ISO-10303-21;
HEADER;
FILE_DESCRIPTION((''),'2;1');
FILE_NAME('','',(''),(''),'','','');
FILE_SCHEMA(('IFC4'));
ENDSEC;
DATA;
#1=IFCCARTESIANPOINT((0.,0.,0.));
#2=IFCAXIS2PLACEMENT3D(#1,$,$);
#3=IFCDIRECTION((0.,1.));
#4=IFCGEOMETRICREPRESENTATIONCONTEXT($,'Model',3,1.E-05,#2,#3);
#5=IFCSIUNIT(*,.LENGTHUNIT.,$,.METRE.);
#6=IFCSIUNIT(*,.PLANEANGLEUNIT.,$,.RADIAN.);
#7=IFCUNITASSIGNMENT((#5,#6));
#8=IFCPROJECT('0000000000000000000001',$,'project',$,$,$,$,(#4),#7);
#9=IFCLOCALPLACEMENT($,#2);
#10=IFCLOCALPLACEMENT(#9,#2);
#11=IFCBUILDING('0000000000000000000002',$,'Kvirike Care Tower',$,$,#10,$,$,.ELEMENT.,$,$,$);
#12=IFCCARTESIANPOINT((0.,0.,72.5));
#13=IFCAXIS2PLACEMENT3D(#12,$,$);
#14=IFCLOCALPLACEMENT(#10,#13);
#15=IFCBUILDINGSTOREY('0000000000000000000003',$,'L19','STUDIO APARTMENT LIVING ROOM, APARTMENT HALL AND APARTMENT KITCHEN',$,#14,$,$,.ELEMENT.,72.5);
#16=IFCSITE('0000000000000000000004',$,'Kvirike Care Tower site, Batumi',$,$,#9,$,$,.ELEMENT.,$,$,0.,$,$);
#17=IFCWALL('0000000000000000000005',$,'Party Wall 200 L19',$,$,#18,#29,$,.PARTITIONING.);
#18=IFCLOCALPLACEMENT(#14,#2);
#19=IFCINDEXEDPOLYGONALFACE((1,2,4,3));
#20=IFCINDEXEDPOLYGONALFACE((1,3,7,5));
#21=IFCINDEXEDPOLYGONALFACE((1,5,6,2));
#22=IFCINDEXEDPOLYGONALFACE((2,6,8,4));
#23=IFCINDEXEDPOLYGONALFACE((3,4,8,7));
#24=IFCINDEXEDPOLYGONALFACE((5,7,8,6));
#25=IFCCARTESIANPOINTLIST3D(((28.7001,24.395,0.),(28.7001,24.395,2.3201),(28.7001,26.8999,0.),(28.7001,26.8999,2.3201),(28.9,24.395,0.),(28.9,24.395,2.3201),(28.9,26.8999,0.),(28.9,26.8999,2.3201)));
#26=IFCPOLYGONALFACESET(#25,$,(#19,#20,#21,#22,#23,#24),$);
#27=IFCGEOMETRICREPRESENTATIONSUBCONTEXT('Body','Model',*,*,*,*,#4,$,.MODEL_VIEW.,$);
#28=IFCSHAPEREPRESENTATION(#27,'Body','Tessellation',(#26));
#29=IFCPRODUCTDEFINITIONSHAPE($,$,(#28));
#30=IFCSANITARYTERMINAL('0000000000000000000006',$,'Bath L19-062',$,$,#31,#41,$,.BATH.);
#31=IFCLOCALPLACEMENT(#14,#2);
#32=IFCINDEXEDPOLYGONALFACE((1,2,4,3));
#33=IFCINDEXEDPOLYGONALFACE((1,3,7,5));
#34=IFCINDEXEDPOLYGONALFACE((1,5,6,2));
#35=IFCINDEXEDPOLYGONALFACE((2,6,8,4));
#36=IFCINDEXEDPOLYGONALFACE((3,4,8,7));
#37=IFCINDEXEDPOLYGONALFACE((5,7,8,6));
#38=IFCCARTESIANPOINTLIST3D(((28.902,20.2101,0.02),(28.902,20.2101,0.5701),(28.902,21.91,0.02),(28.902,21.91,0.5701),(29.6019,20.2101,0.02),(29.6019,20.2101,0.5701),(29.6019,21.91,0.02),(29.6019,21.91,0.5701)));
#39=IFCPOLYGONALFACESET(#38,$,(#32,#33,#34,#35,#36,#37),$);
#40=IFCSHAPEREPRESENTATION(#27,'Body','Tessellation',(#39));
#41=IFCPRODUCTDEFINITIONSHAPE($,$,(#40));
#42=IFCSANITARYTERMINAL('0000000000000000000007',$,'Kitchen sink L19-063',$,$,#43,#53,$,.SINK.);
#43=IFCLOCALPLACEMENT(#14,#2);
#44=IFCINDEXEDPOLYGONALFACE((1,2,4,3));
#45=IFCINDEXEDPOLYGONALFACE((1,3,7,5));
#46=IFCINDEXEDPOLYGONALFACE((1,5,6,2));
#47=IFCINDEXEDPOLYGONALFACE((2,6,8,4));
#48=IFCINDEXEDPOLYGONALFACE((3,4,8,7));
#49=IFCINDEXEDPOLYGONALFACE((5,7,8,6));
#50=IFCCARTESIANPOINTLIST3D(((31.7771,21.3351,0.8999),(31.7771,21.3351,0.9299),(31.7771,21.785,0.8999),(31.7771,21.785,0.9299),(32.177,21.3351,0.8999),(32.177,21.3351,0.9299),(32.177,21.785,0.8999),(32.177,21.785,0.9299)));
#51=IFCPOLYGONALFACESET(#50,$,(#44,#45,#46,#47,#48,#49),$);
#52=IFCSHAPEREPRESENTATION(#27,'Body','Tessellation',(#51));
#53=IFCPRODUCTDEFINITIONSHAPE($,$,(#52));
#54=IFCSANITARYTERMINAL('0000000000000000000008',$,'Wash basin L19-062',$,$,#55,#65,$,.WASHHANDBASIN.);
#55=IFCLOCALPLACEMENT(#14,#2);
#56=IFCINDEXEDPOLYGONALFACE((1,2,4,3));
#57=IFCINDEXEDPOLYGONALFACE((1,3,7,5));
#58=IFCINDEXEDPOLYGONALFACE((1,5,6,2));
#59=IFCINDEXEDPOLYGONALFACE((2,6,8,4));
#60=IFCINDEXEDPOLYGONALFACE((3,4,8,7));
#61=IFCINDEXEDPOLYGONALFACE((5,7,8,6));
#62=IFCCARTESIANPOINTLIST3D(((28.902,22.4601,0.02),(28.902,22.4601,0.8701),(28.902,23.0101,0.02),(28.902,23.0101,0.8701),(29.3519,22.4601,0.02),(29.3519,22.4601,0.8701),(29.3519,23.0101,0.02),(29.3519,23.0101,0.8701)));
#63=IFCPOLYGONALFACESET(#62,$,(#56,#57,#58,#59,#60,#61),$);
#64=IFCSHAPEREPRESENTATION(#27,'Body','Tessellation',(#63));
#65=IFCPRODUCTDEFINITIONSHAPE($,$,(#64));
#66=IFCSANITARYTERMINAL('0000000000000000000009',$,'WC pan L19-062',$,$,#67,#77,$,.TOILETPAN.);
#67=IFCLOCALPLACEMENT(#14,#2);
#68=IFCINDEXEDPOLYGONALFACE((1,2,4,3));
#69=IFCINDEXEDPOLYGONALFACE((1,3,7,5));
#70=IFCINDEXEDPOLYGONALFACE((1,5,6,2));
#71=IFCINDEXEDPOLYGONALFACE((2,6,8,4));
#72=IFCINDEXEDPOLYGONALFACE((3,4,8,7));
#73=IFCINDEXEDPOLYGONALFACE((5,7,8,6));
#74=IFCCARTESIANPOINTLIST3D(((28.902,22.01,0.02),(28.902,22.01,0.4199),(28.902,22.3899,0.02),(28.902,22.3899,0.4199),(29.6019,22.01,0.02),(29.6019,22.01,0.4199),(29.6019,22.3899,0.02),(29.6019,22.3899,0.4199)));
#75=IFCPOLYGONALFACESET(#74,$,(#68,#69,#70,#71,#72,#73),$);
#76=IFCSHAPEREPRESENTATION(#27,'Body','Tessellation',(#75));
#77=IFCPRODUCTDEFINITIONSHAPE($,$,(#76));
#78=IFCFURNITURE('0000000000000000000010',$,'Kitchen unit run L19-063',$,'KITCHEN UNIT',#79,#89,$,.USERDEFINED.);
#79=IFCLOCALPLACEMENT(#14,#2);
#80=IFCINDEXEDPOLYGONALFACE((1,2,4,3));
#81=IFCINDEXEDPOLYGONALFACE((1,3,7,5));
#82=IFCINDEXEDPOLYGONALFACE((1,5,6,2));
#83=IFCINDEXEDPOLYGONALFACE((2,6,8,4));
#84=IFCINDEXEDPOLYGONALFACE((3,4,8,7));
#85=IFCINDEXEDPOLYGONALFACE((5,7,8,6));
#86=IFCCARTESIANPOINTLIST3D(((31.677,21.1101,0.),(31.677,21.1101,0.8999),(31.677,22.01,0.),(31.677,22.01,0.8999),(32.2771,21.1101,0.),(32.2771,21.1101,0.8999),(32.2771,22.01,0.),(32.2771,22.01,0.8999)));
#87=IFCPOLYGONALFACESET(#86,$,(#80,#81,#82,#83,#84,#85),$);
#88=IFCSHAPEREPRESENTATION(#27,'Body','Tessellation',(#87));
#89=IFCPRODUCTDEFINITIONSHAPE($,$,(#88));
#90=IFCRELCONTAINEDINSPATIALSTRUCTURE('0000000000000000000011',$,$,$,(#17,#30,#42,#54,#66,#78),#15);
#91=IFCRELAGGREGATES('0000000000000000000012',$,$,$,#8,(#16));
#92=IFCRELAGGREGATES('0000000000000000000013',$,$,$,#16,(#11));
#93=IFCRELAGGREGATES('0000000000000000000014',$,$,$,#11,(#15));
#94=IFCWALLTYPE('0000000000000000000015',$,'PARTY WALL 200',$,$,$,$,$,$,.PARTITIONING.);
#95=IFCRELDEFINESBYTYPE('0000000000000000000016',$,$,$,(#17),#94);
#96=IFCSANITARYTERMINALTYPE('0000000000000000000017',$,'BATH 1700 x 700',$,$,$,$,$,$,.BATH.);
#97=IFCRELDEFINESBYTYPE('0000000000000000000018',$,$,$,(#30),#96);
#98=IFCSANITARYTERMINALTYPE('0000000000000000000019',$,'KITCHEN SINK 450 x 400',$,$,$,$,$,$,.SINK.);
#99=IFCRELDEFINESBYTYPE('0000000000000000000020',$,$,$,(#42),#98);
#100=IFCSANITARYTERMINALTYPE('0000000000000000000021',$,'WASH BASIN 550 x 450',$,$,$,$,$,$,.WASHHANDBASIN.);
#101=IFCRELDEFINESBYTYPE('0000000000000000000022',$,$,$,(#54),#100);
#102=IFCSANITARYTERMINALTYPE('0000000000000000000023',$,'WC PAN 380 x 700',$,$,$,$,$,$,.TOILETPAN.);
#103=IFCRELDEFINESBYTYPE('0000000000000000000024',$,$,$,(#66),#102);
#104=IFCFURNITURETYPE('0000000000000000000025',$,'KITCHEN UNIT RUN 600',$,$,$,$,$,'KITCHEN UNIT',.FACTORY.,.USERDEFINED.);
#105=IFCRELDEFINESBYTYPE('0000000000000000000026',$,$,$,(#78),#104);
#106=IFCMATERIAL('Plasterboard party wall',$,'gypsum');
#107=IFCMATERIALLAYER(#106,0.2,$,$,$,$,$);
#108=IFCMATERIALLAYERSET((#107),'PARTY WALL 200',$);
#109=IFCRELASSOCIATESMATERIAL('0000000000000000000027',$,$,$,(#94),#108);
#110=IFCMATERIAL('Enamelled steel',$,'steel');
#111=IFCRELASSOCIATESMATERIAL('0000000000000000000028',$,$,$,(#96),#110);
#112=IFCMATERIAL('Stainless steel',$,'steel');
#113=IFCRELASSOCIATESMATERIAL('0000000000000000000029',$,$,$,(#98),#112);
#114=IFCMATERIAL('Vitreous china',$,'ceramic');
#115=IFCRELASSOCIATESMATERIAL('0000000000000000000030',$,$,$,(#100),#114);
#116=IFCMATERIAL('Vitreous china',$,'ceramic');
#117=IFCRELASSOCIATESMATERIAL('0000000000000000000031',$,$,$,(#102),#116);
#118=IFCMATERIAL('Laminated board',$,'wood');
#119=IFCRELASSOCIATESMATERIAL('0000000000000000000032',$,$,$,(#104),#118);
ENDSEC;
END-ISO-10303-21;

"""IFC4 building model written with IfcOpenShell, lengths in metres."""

from ifc_helpers import new_model, si_unit, direction, frame, frame_2d, origin, origin_2d, place, context, subcontext, project, spatial, rectangle, extrude, material, layer, layer_set, type_object, element, save


model = new_model("IFC4")

# Units and contexts
model_context = context("Model", 3, precision=1e-05, world=origin(), true_north=direction((0.0, 1.0)))
body_context = subcontext(model_context, "Body", "Model", "MODEL_VIEW")
ifc_project = project(units=[si_unit("LENGTHUNIT", "METRE"), si_unit("PLANEANGLEUNIT", "RADIAN")], contexts=[model_context])

# Site, building, storey
site_placement = place(None, origin())
site = spatial("IfcSite", under=ifc_project, at=site_placement, Name="Kvirike Care Tower site, Batumi", CompositionType="ELEMENT", RefElevation=0.0)
building_placement = place(site_placement, origin())
building = spatial("IfcBuilding", under=site, at=building_placement, Name="Kvirike Care Tower", CompositionType="ELEMENT")
storey_placement = place(building_placement, frame((0.0, 0.0, 72.5)))
storey = spatial("IfcBuildingStorey", under=building, at=storey_placement, Name="L19", Description="STUDIO APARTMENT LIVING ROOM, APARTMENT HALL AND APARTMENT KITCHEN", CompositionType="ELEMENT", Elevation=72.5)

# Wall
ifc_material_1 = material(Name="Plasterboard party wall", Category="gypsum")
ifc_layer_1 = layer(ifc_material_1, 0.2)
ifc_layer_set_1 = layer_set([ifc_layer_1], Name="PARTY WALL 200")
wall_type_1 = type_object("IfcWallType", Name="PARTY WALL 200", PredefinedType="PARTITIONING", material=ifc_layer_set_1)
wall_1_placement = place(storey_placement, frame((28.8, 24.395, 0.0), z_axis=(0.0, 0.0, 1.0), x_axis=(0.0, 1.0, 0.0)))
element("IfcWall", 1, at=wall_1_placement, inside=storey, type_object=wall_type_1, Name="Party Wall 200 L19", PredefinedType="PARTITIONING", context=body_context, shape_type="SweptSolid", body=[
    extrude(rectangle(XDim=2.5049, YDim=0.2, at=frame_2d((1.2524, 0.0))), origin(), (0.0, 0.0, 1.0), 2.3201),
])

# Sanitary terminals
ifc_material_2 = material(Name="Enamelled steel", Category="steel")
sanitary_terminal_type_1 = type_object("IfcSanitaryTerminalType", Name="BATH 1700 x 700", PredefinedType="BATH", material=ifc_material_2)
sanitary_terminal_1_placement = place(storey_placement, frame((29.252, 21.0601, 0.02), z_axis=(0.0, 0.0, 1.0), x_axis=(0.0, 1.0, 0.0)))
element("IfcSanitaryTerminal", 2, at=sanitary_terminal_1_placement, inside=storey, type_object=sanitary_terminal_type_1, Name="Bath L19-062", PredefinedType="BATH", context=body_context, shape_type="SweptSolid", body=[
    extrude(rectangle(XDim=1.7, YDim=0.7, at=origin_2d()), origin(), (0.0, 0.0, 1.0), 0.55),
])
ifc_material_3 = material(Name="Stainless steel", Category="steel")
sanitary_terminal_type_2 = type_object("IfcSanitaryTerminalType", Name="KITCHEN SINK 450 x 400", PredefinedType="SINK", material=ifc_material_3)
sanitary_terminal_2_placement = place(storey_placement, frame((31.9771, 21.5601, 0.8999), z_axis=(0.0, 0.0, 1.0), x_axis=(0.0, 1.0, 0.0)))
element("IfcSanitaryTerminal", 3, at=sanitary_terminal_2_placement, inside=storey, type_object=sanitary_terminal_type_2, Name="Kitchen sink L19-063", PredefinedType="SINK", context=body_context, shape_type="SweptSolid", body=[
    extrude(rectangle(XDim=0.45, YDim=0.3999, at=origin_2d()), origin(), (0.0, 0.0, 1.0), 0.03),
])
ifc_material_4 = material(Name="Vitreous china", Category="ceramic")
sanitary_terminal_type_3 = type_object("IfcSanitaryTerminalType", Name="WASH BASIN 550 x 450", PredefinedType="WASHHANDBASIN", material=ifc_material_4)
sanitary_terminal_3_placement = place(storey_placement, frame((29.127, 22.7351, 0.02), z_axis=(0.0, 0.0, 1.0), x_axis=(0.0, 1.0, 0.0)))
element("IfcSanitaryTerminal", 4, at=sanitary_terminal_3_placement, inside=storey, type_object=sanitary_terminal_type_3, Name="Wash basin L19-062", PredefinedType="WASHHANDBASIN", context=body_context, shape_type="SweptSolid", body=[
    extrude(rectangle(XDim=0.55, YDim=0.45, at=origin_2d()), origin(), (0.0, 0.0, 1.0), 0.8501),
])
ifc_material_5 = material(Name="Vitreous china", Category="ceramic")
sanitary_terminal_type_4 = type_object("IfcSanitaryTerminalType", Name="WC PAN 380 x 700", PredefinedType="TOILETPAN", material=ifc_material_5)
sanitary_terminal_4_placement = place(storey_placement, frame((29.252, 22.2, 0.02), z_axis=(0.0, 0.0, 1.0), x_axis=(0.0, 1.0, 0.0)))
element("IfcSanitaryTerminal", 5, at=sanitary_terminal_4_placement, inside=storey, type_object=sanitary_terminal_type_4, Name="WC pan L19-062", PredefinedType="TOILETPAN", context=body_context, shape_type="SweptSolid", body=[
    extrude(rectangle(XDim=0.3799, YDim=0.7, at=origin_2d()), origin(), (0.0, 0.0, 1.0), 0.3999),
])

# Furniture
ifc_material_6 = material(Name="Laminated board", Category="wood")
furniture_type = type_object("IfcFurnitureType", Name="KITCHEN UNIT RUN 600", ElementType="KITCHEN UNIT", AssemblyPlace="FACTORY", PredefinedType="USERDEFINED", material=ifc_material_6)
furniture_placement = place(storey_placement, frame((31.9771, 21.5601, 0.0), z_axis=(0.0, 0.0, 1.0), x_axis=(0.0, 1.0, 0.0)))
element("IfcFurniture", 6, at=furniture_placement, inside=storey, type_object=furniture_type, Name="Kitchen unit run L19-063", ObjectType="KITCHEN UNIT", PredefinedType="USERDEFINED", context=body_context, shape_type="SweptSolid", body=[
    extrude(rectangle(XDim=0.8999, YDim=0.6001, at=origin_2d()), origin(), (0.0, 0.0, 1.0), 0.8999),
])

save(model, "model.ifc")
